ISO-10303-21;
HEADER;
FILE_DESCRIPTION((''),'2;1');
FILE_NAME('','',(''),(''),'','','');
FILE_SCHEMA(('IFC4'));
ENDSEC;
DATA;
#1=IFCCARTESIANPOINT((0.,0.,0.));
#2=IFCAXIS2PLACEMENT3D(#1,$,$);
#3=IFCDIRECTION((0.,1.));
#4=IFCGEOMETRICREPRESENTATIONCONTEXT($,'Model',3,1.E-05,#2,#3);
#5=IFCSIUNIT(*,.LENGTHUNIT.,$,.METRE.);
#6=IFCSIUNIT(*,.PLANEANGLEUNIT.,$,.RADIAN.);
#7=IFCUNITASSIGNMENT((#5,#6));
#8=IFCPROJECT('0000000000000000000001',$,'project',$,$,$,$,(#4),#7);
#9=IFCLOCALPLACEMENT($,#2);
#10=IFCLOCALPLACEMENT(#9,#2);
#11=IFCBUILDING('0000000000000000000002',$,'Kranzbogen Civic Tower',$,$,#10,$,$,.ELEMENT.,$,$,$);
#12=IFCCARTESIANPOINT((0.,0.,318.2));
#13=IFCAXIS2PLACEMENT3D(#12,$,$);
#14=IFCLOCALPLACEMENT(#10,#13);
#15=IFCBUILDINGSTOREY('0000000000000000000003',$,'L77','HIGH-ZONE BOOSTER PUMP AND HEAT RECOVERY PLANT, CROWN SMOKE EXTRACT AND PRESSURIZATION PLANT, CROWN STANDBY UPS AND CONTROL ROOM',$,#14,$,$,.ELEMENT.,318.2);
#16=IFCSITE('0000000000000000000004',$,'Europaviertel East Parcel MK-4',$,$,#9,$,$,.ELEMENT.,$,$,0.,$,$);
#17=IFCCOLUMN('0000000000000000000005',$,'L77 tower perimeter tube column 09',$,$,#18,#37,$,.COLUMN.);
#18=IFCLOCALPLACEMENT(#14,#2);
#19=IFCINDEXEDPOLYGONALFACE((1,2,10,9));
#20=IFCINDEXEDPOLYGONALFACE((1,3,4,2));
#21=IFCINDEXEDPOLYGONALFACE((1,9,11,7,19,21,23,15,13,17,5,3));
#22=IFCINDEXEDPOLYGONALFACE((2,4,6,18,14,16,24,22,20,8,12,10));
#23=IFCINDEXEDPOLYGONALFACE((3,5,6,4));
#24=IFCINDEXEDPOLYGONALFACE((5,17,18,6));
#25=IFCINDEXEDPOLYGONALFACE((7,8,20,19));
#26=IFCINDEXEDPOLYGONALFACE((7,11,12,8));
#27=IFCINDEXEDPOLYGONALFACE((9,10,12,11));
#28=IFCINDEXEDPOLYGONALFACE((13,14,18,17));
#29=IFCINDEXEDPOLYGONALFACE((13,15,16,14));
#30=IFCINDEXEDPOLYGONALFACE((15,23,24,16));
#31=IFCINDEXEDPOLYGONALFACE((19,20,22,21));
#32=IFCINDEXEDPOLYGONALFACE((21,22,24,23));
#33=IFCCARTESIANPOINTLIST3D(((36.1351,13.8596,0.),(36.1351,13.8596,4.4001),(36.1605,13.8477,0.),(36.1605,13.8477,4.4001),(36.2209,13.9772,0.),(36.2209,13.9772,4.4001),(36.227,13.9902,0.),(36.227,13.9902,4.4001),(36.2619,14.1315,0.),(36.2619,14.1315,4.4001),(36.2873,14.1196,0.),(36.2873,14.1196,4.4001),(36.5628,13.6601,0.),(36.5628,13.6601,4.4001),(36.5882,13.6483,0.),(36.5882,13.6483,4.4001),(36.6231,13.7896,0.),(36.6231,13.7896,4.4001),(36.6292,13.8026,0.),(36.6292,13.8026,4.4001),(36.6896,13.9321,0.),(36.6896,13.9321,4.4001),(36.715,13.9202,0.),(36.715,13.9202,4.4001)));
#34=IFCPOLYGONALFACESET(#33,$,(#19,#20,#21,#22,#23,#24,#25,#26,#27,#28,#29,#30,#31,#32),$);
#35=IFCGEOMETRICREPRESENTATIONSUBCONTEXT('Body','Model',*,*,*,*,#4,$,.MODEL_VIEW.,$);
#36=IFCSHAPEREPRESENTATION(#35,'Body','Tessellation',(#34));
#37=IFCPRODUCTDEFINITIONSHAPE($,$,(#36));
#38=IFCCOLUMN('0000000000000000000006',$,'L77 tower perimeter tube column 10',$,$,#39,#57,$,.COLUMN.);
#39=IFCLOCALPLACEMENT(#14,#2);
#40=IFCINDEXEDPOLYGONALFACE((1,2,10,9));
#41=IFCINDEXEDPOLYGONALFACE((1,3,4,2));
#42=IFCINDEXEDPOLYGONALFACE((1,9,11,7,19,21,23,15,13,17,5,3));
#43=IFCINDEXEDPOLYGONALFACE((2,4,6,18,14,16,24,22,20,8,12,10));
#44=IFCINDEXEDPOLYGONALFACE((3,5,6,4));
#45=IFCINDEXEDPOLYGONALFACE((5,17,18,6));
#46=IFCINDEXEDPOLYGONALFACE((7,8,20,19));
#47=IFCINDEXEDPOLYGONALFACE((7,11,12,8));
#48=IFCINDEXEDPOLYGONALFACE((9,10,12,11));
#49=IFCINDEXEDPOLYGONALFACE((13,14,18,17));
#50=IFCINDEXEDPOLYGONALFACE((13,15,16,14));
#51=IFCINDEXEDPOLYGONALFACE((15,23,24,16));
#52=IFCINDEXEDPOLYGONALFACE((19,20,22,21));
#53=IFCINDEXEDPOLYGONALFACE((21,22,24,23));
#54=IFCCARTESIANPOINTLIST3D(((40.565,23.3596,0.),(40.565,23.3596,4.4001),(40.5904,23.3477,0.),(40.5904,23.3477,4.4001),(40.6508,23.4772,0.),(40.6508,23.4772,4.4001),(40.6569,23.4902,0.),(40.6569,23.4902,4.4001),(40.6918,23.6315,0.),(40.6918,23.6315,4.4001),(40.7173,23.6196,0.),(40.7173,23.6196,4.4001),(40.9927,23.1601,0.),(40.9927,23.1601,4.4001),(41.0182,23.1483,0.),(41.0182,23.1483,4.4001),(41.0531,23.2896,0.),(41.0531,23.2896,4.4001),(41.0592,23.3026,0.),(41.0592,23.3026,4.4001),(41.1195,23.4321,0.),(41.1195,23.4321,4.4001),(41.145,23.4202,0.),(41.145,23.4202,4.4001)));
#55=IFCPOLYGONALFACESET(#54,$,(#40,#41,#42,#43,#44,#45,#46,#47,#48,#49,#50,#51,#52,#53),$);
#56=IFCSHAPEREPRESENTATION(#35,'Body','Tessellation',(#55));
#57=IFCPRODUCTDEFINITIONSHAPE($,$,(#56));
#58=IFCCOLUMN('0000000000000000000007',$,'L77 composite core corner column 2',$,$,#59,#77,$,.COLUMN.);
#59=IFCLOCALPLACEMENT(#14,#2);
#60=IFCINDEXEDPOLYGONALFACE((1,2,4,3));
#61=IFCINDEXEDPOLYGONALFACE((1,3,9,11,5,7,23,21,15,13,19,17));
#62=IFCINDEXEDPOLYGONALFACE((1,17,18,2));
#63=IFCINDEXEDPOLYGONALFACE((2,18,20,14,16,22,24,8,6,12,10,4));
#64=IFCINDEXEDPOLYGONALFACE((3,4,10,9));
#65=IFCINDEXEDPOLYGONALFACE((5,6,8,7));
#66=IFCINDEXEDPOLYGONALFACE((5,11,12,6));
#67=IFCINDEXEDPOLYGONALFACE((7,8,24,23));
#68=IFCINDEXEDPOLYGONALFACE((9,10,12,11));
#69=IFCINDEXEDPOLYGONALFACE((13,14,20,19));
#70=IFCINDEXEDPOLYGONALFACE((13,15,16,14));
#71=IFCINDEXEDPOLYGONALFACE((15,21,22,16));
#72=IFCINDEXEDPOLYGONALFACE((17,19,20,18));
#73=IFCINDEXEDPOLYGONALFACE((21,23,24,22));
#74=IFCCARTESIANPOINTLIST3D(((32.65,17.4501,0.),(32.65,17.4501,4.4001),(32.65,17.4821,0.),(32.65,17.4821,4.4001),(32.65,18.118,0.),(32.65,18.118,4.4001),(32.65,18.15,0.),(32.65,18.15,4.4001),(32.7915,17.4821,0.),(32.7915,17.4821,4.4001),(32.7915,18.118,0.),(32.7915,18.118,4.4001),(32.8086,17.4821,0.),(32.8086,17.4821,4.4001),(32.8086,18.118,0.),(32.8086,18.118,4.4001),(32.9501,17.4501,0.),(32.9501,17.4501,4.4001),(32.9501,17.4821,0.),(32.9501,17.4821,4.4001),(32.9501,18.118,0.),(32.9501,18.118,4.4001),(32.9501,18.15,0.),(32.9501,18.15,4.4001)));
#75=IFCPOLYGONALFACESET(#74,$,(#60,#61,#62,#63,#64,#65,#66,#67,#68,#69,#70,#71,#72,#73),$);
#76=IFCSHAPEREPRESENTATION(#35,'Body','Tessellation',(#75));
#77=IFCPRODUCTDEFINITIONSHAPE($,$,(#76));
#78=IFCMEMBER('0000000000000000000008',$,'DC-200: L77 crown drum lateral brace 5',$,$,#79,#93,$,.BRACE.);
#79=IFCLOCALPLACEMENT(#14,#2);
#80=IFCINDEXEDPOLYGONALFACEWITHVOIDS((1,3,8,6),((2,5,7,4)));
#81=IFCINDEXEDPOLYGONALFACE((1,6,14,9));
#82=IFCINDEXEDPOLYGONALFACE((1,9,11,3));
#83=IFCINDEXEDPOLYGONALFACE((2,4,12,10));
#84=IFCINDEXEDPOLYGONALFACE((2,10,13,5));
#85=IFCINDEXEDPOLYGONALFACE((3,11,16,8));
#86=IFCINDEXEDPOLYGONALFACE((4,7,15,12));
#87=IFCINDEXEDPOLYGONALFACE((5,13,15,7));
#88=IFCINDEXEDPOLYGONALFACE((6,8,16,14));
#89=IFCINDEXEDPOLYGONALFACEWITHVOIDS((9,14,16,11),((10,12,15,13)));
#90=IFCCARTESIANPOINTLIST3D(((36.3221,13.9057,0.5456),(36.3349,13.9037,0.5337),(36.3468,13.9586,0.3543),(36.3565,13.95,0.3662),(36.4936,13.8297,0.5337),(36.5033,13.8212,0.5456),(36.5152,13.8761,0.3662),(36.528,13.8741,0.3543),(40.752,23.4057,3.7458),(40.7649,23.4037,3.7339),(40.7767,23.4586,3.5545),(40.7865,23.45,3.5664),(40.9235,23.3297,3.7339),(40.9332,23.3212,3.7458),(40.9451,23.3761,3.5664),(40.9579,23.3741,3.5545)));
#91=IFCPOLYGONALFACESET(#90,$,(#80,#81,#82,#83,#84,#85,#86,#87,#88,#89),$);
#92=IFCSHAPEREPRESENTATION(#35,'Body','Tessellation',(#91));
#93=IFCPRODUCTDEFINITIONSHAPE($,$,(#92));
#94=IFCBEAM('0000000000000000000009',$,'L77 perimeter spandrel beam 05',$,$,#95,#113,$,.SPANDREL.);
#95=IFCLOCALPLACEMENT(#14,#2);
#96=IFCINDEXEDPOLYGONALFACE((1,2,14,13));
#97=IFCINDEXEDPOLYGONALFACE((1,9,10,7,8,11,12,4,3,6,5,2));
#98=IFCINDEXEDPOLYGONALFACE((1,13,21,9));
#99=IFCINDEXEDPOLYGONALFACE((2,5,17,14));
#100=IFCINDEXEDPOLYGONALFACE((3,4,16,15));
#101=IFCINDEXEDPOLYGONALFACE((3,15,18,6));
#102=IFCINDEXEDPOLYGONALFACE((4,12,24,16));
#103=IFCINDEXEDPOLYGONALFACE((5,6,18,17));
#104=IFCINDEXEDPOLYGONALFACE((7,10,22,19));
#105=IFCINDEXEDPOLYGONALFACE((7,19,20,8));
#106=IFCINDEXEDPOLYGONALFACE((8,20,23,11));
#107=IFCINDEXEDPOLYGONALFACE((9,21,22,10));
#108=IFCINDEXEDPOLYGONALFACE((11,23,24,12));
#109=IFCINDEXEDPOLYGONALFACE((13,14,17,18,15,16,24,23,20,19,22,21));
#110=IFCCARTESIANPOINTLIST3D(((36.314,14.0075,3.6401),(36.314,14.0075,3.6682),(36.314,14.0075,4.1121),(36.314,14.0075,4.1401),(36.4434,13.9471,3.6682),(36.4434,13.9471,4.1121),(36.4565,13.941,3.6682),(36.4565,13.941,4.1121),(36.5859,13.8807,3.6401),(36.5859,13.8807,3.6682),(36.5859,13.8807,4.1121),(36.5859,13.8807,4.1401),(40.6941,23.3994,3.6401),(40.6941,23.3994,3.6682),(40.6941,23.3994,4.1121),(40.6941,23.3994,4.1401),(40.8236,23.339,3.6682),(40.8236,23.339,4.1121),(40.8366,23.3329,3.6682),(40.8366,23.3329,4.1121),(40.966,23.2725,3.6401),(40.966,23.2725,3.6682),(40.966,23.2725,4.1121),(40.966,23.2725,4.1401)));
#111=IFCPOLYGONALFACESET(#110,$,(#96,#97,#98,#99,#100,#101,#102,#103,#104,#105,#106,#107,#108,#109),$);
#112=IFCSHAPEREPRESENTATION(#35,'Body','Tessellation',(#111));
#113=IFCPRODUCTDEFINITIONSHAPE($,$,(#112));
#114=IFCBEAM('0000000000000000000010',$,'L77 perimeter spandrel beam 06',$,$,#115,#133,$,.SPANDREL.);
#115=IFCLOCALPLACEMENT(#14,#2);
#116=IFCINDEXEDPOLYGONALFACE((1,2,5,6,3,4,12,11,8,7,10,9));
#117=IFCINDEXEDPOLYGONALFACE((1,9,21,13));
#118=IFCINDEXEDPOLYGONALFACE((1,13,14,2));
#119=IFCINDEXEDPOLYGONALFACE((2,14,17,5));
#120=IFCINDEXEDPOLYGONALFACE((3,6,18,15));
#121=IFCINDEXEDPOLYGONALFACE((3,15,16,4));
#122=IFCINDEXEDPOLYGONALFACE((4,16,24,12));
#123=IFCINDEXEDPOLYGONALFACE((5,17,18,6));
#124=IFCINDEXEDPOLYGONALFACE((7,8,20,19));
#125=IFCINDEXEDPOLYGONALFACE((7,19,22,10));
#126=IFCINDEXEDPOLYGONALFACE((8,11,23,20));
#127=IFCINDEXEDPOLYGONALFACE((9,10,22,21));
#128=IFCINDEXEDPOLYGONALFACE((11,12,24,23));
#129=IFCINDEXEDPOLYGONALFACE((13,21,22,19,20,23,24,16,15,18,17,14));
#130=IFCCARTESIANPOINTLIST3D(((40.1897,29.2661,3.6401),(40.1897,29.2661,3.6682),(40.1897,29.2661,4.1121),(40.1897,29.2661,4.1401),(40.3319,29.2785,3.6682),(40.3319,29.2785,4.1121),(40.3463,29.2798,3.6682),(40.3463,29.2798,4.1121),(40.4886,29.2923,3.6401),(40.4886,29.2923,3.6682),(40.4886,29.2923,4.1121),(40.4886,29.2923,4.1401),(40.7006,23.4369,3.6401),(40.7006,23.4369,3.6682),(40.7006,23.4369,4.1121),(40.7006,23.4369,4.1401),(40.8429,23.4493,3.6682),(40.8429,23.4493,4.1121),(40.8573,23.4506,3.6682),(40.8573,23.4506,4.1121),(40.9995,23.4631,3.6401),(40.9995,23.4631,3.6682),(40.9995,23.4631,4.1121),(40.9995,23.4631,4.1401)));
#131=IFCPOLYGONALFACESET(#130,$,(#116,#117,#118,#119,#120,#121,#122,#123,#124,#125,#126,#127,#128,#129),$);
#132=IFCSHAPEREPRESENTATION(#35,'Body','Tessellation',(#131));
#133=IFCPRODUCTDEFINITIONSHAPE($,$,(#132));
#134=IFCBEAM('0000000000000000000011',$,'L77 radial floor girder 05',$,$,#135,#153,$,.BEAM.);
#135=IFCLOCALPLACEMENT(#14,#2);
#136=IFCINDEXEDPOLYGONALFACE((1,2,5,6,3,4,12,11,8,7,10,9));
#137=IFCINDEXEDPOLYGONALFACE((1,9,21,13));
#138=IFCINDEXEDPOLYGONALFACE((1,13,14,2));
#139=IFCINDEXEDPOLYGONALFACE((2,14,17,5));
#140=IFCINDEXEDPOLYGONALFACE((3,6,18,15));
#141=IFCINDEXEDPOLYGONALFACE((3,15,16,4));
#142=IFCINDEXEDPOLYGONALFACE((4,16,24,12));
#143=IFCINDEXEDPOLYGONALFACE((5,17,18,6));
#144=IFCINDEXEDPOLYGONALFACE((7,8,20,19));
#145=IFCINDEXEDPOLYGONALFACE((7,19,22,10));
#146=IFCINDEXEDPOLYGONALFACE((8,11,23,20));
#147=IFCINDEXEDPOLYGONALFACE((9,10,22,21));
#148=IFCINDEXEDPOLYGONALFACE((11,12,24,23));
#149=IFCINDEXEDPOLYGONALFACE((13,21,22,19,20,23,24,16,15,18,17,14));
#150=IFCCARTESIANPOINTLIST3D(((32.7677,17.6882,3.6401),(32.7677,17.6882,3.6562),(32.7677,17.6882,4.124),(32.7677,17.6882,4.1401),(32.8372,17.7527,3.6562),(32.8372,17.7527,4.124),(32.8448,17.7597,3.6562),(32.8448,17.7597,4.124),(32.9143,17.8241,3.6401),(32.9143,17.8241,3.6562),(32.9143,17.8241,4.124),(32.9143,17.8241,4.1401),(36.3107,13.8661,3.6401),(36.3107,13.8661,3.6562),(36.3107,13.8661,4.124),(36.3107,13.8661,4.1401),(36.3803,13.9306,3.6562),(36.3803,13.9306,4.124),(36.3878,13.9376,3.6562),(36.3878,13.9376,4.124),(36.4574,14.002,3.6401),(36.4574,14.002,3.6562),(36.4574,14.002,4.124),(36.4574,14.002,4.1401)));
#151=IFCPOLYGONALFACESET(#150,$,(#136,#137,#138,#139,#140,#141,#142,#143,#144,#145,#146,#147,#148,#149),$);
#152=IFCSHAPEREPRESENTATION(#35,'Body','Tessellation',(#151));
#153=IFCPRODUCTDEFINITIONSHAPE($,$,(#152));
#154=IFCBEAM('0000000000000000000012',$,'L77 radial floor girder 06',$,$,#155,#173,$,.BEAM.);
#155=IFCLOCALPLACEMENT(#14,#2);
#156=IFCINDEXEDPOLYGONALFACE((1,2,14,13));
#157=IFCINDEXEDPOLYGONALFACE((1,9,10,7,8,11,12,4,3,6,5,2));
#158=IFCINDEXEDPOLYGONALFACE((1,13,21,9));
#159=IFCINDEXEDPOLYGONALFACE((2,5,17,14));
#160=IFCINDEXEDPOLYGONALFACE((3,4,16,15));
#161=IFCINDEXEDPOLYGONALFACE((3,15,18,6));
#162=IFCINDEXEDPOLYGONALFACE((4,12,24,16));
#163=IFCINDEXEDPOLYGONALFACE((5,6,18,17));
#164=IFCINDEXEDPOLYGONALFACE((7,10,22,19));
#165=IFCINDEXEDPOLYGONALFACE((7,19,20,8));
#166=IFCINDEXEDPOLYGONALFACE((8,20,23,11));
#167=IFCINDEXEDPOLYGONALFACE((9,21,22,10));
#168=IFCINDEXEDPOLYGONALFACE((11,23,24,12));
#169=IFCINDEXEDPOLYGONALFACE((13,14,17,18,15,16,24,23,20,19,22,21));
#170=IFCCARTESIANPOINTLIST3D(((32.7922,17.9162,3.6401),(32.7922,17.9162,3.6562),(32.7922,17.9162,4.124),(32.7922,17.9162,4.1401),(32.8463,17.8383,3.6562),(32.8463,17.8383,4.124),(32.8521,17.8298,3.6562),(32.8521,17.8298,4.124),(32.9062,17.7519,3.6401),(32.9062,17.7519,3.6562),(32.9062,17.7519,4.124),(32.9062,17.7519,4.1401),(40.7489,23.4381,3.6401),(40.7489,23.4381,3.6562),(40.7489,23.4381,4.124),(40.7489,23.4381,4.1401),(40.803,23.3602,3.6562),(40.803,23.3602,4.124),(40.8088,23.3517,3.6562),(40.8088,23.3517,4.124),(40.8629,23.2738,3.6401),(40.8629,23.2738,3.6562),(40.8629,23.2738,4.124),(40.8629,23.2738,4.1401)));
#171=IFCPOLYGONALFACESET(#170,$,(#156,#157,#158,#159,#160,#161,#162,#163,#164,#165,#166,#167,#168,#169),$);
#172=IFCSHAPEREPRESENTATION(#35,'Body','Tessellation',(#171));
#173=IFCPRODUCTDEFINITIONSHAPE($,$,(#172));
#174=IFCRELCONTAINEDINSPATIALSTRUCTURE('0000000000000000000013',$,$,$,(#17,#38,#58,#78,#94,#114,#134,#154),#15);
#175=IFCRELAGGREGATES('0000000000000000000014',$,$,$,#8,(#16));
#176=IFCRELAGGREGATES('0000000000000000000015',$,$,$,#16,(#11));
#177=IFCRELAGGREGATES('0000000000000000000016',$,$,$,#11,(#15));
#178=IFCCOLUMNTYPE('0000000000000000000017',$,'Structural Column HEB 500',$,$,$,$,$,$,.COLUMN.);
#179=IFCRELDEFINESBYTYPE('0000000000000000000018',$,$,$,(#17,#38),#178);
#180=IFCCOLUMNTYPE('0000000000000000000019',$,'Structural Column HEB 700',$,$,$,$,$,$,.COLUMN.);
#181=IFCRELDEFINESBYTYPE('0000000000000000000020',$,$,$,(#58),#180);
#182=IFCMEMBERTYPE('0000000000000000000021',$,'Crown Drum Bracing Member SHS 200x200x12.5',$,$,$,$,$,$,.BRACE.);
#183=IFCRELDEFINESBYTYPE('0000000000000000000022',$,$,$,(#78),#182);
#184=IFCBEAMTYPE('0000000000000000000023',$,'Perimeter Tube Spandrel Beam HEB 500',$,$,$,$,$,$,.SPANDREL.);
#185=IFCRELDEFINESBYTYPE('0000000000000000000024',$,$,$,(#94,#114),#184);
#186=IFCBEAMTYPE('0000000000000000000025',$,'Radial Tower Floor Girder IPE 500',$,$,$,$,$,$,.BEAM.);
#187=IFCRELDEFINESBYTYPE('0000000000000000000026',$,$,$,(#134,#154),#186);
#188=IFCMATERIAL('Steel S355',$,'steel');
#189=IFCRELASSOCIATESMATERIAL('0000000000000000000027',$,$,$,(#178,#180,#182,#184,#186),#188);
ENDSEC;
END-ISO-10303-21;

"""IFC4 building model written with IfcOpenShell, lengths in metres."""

from ifc_helpers import new_model, si_unit, direction, frame, origin, origin_2d, place, context, subcontext, project, spatial, hollow_rectangle, i_section, extrude, material, material_profile, profile_set, type_object, element, save


model = new_model("IFC4")

# Units and contexts
model_context = context("Model", 3, precision=1e-05, world=origin(), true_north=direction((0.0, 1.0)))
body_context = subcontext(model_context, "Body", "Model", "MODEL_VIEW")
ifc_project = project(units=[si_unit("LENGTHUNIT", "METRE"), si_unit("PLANEANGLEUNIT", "RADIAN")], contexts=[model_context])

# Site, building, storey
site_placement = place(None, origin())
site = spatial("IfcSite", under=ifc_project, at=site_placement, Name="Europaviertel East Parcel MK-4", CompositionType="ELEMENT", RefElevation=0.0)
building_placement = place(site_placement, origin())
building = spatial("IfcBuilding", under=site, at=building_placement, Name="Kranzbogen Civic Tower", CompositionType="ELEMENT")
storey_placement = place(building_placement, frame((0.0, 0.0, 318.2)))
storey = spatial("IfcBuildingStorey", under=building, at=storey_placement, Name="L77", Description="HIGH-ZONE BOOSTER PUMP AND HEAT RECOVERY PLANT, CROWN SMOKE EXTRACT AND PRESSURIZATION PLANT, CROWN STANDBY UPS AND CONTROL ROOM", CompositionType="ELEMENT", Elevation=318.2)

# Columns
ifc_material_1 = material(Name="Steel S355", Category="steel")
ifc_material_profile_1 = material_profile(ifc_material_1, i_section(OverallWidth=0.3, OverallDepth=0.5, WebThickness=0.0144, FlangeThickness=0.0281, at=origin_2d()), Name="HEB 500")
ifc_profile_set_1 = profile_set([ifc_material_profile_1], Name="Steel S355")
column_type_1 = type_object("IfcColumnType", Name="Structural Column HEB 500", PredefinedType="COLUMN", material=ifc_profile_set_1)
for number, where, z_axis, x_axis, name in (
    (1, (36.425, 13.8899, 0.0), (0.0, 0.0, 1.0), (0.422618, 0.906308, 0.0), "L77 tower perimeter tube column 09"),
    (2, (40.855, 23.3899, 0.0), (0.0, 0.0, 1.0), (0.422618, 0.906308, 0.0), "L77 tower perimeter tube column 10"),
):
    element("IfcColumn", number, at=place(storey_placement, frame(where, z_axis=z_axis, x_axis=x_axis)), inside=storey, type_object=column_type_1, Name=name, PredefinedType="COLUMN", context=body_context, shape_type="SweptSolid", body=[
        extrude(i_section(OverallWidth=0.3, OverallDepth=0.5, WebThickness=0.0144, FlangeThickness=0.0281, at=origin_2d()), origin(), (0.0, 0.0, 1.0), 4.4001),
    ])
ifc_material_profile_2 = material_profile(ifc_material_1, i_section(OverallWidth=0.3, OverallDepth=0.7, WebThickness=0.0171, FlangeThickness=0.032, at=origin_2d()), Name="HEB 700")
ifc_profile_set_2 = profile_set([ifc_material_profile_2], Name="Steel S355")
column_type_2 = type_object("IfcColumnType", Name="Structural Column HEB 700", PredefinedType="COLUMN", material=ifc_profile_set_2)
column_placement = place(storey_placement, frame((32.8, 17.8, 0.0), z_axis=(0.0, 0.0, 1.0), x_axis=(1.0, 0.0, 0.0)))
element("IfcColumn", 3, at=column_placement, inside=storey, type_object=column_type_2, Name="L77 composite core corner column 2", PredefinedType="COLUMN", context=body_context, shape_type="SweptSolid", body=[
    extrude(i_section(OverallWidth=0.3, OverallDepth=0.7, WebThickness=0.0171, FlangeThickness=0.032, at=origin_2d()), origin(), (0.0, 0.0, 1.0), 4.4001),
])

# Member
ifc_material_profile_3 = material_profile(ifc_material_1, hollow_rectangle(XDim=0.2, YDim=0.2, WallThickness=0.0125, at=origin_2d()), Name="SHS 200x200x12.5")
ifc_profile_set_3 = profile_set([ifc_material_profile_3], Name="Steel S355")
member_type = type_object("IfcMemberType", Name="Crown Drum Bracing Member SHS 200x200x12.5", PredefinedType="BRACE", material=ifc_profile_set_3)
member_placement = place(storey_placement, frame((36.425, 13.8899, 0.45), z_axis=(0.404201, 0.86681, 0.291996), x_axis=(-0.906307, 0.422619, 0.0)))
element("IfcMember", 4, at=member_placement, inside=storey, type_object=member_type, Name="DC-200: L77 crown drum lateral brace 5", PredefinedType="BRACE", context=body_context, shape_type="SweptSolid", body=[
    extrude(hollow_rectangle(XDim=0.2, YDim=0.2, WallThickness=0.0125, at=origin_2d()), origin(), (0.0, 0.0, 1.0), 10.9597),
])

# Beams
ifc_material_profile_4 = material_profile(ifc_material_1, i_section(OverallWidth=0.3, OverallDepth=0.5, WebThickness=0.0144, FlangeThickness=0.0281, at=origin_2d()), Name="HEB 500")
ifc_profile_set_4 = profile_set([ifc_material_profile_4], Name="Steel S355")
beam_type_1 = type_object("IfcBeamType", Name="Perimeter Tube Spandrel Beam HEB 500", PredefinedType="SPANDREL", material=ifc_profile_set_4)
beam_1_placement = place(storey_placement, frame((36.45, 13.9441, 3.8901), z_axis=(0.422669, 0.906284, 0.0), x_axis=(-0.906284, 0.422669, 0.0)))
element("IfcBeam", 5, at=beam_1_placement, inside=storey, type_object=beam_type_1, Name="L77 perimeter spandrel beam 05", PredefinedType="SPANDREL", context=body_context, shape_type="SweptSolid", body=[
    extrude(i_section(OverallWidth=0.3, OverallDepth=0.5, WebThickness=0.0144, FlangeThickness=0.0281, at=origin_2d()), origin(), (0.0, 0.0, 1.0), 10.363),
])
beam_2_placement = place(storey_placement, frame((40.8501, 23.45, 3.8901), z_axis=(-0.087326, 0.99618, 0.0), x_axis=(-0.99618, -0.087326, 0.0)))
element("IfcBeam", 6, at=beam_2_placement, inside=storey, type_object=beam_type_1, Name="L77 perimeter spandrel beam 06", PredefinedType="SPANDREL", context=body_context, shape_type="SweptSolid", body=[
    extrude(i_section(OverallWidth=0.3, OverallDepth=0.5, WebThickness=0.0144, FlangeThickness=0.0281, at=origin_2d()), origin(), (0.0, 0.0, 1.0), 5.8516),
])
ifc_material_profile_5 = material_profile(ifc_material_1, i_section(OverallWidth=0.2, OverallDepth=0.5, WebThickness=0.0103, FlangeThickness=0.0161, at=origin_2d()), Name="IPE 500")
ifc_profile_set_5 = profile_set([ifc_material_profile_5], Name="Steel S355")
beam_type_2 = type_object("IfcBeamType", Name="Radial Tower Floor Girder IPE 500", PredefinedType="BEAM", material=ifc_profile_set_5)
beam_3_placement = place(storey_placement, frame((36.384, 13.9341, 3.8901), z_axis=(-0.679827, 0.733372, 0.0), x_axis=(-0.733372, -0.679827, 0.0)))
element("IfcBeam", 7, at=beam_3_placement, inside=storey, type_object=beam_type_2, Name="L77 radial floor girder 05", PredefinedType="BEAM", context=body_context, shape_type="SweptSolid", body=[
    extrude(i_section(OverallWidth=0.2, OverallDepth=0.5, WebThickness=0.0103, FlangeThickness=0.0161, at=origin_2d()), origin(), (0.0, 0.0, 1.0), 5.2117),
])
beam_4_placement = place(storey_placement, frame((40.8059, 23.356, 3.8901), z_axis=(-0.821543, -0.570147, 0.0), x_axis=(0.570147, -0.821543, 0.0)))
element("IfcBeam", 8, at=beam_4_placement, inside=storey, type_object=beam_type_2, Name="L77 radial floor girder 06", PredefinedType="BEAM", context=body_context, shape_type="SweptSolid", body=[
    extrude(i_section(OverallWidth=0.2, OverallDepth=0.5, WebThickness=0.0103, FlangeThickness=0.0161, at=origin_2d()), origin(), (0.0, 0.0, 1.0), 9.6851),
])

save(model, "model.ifc")
